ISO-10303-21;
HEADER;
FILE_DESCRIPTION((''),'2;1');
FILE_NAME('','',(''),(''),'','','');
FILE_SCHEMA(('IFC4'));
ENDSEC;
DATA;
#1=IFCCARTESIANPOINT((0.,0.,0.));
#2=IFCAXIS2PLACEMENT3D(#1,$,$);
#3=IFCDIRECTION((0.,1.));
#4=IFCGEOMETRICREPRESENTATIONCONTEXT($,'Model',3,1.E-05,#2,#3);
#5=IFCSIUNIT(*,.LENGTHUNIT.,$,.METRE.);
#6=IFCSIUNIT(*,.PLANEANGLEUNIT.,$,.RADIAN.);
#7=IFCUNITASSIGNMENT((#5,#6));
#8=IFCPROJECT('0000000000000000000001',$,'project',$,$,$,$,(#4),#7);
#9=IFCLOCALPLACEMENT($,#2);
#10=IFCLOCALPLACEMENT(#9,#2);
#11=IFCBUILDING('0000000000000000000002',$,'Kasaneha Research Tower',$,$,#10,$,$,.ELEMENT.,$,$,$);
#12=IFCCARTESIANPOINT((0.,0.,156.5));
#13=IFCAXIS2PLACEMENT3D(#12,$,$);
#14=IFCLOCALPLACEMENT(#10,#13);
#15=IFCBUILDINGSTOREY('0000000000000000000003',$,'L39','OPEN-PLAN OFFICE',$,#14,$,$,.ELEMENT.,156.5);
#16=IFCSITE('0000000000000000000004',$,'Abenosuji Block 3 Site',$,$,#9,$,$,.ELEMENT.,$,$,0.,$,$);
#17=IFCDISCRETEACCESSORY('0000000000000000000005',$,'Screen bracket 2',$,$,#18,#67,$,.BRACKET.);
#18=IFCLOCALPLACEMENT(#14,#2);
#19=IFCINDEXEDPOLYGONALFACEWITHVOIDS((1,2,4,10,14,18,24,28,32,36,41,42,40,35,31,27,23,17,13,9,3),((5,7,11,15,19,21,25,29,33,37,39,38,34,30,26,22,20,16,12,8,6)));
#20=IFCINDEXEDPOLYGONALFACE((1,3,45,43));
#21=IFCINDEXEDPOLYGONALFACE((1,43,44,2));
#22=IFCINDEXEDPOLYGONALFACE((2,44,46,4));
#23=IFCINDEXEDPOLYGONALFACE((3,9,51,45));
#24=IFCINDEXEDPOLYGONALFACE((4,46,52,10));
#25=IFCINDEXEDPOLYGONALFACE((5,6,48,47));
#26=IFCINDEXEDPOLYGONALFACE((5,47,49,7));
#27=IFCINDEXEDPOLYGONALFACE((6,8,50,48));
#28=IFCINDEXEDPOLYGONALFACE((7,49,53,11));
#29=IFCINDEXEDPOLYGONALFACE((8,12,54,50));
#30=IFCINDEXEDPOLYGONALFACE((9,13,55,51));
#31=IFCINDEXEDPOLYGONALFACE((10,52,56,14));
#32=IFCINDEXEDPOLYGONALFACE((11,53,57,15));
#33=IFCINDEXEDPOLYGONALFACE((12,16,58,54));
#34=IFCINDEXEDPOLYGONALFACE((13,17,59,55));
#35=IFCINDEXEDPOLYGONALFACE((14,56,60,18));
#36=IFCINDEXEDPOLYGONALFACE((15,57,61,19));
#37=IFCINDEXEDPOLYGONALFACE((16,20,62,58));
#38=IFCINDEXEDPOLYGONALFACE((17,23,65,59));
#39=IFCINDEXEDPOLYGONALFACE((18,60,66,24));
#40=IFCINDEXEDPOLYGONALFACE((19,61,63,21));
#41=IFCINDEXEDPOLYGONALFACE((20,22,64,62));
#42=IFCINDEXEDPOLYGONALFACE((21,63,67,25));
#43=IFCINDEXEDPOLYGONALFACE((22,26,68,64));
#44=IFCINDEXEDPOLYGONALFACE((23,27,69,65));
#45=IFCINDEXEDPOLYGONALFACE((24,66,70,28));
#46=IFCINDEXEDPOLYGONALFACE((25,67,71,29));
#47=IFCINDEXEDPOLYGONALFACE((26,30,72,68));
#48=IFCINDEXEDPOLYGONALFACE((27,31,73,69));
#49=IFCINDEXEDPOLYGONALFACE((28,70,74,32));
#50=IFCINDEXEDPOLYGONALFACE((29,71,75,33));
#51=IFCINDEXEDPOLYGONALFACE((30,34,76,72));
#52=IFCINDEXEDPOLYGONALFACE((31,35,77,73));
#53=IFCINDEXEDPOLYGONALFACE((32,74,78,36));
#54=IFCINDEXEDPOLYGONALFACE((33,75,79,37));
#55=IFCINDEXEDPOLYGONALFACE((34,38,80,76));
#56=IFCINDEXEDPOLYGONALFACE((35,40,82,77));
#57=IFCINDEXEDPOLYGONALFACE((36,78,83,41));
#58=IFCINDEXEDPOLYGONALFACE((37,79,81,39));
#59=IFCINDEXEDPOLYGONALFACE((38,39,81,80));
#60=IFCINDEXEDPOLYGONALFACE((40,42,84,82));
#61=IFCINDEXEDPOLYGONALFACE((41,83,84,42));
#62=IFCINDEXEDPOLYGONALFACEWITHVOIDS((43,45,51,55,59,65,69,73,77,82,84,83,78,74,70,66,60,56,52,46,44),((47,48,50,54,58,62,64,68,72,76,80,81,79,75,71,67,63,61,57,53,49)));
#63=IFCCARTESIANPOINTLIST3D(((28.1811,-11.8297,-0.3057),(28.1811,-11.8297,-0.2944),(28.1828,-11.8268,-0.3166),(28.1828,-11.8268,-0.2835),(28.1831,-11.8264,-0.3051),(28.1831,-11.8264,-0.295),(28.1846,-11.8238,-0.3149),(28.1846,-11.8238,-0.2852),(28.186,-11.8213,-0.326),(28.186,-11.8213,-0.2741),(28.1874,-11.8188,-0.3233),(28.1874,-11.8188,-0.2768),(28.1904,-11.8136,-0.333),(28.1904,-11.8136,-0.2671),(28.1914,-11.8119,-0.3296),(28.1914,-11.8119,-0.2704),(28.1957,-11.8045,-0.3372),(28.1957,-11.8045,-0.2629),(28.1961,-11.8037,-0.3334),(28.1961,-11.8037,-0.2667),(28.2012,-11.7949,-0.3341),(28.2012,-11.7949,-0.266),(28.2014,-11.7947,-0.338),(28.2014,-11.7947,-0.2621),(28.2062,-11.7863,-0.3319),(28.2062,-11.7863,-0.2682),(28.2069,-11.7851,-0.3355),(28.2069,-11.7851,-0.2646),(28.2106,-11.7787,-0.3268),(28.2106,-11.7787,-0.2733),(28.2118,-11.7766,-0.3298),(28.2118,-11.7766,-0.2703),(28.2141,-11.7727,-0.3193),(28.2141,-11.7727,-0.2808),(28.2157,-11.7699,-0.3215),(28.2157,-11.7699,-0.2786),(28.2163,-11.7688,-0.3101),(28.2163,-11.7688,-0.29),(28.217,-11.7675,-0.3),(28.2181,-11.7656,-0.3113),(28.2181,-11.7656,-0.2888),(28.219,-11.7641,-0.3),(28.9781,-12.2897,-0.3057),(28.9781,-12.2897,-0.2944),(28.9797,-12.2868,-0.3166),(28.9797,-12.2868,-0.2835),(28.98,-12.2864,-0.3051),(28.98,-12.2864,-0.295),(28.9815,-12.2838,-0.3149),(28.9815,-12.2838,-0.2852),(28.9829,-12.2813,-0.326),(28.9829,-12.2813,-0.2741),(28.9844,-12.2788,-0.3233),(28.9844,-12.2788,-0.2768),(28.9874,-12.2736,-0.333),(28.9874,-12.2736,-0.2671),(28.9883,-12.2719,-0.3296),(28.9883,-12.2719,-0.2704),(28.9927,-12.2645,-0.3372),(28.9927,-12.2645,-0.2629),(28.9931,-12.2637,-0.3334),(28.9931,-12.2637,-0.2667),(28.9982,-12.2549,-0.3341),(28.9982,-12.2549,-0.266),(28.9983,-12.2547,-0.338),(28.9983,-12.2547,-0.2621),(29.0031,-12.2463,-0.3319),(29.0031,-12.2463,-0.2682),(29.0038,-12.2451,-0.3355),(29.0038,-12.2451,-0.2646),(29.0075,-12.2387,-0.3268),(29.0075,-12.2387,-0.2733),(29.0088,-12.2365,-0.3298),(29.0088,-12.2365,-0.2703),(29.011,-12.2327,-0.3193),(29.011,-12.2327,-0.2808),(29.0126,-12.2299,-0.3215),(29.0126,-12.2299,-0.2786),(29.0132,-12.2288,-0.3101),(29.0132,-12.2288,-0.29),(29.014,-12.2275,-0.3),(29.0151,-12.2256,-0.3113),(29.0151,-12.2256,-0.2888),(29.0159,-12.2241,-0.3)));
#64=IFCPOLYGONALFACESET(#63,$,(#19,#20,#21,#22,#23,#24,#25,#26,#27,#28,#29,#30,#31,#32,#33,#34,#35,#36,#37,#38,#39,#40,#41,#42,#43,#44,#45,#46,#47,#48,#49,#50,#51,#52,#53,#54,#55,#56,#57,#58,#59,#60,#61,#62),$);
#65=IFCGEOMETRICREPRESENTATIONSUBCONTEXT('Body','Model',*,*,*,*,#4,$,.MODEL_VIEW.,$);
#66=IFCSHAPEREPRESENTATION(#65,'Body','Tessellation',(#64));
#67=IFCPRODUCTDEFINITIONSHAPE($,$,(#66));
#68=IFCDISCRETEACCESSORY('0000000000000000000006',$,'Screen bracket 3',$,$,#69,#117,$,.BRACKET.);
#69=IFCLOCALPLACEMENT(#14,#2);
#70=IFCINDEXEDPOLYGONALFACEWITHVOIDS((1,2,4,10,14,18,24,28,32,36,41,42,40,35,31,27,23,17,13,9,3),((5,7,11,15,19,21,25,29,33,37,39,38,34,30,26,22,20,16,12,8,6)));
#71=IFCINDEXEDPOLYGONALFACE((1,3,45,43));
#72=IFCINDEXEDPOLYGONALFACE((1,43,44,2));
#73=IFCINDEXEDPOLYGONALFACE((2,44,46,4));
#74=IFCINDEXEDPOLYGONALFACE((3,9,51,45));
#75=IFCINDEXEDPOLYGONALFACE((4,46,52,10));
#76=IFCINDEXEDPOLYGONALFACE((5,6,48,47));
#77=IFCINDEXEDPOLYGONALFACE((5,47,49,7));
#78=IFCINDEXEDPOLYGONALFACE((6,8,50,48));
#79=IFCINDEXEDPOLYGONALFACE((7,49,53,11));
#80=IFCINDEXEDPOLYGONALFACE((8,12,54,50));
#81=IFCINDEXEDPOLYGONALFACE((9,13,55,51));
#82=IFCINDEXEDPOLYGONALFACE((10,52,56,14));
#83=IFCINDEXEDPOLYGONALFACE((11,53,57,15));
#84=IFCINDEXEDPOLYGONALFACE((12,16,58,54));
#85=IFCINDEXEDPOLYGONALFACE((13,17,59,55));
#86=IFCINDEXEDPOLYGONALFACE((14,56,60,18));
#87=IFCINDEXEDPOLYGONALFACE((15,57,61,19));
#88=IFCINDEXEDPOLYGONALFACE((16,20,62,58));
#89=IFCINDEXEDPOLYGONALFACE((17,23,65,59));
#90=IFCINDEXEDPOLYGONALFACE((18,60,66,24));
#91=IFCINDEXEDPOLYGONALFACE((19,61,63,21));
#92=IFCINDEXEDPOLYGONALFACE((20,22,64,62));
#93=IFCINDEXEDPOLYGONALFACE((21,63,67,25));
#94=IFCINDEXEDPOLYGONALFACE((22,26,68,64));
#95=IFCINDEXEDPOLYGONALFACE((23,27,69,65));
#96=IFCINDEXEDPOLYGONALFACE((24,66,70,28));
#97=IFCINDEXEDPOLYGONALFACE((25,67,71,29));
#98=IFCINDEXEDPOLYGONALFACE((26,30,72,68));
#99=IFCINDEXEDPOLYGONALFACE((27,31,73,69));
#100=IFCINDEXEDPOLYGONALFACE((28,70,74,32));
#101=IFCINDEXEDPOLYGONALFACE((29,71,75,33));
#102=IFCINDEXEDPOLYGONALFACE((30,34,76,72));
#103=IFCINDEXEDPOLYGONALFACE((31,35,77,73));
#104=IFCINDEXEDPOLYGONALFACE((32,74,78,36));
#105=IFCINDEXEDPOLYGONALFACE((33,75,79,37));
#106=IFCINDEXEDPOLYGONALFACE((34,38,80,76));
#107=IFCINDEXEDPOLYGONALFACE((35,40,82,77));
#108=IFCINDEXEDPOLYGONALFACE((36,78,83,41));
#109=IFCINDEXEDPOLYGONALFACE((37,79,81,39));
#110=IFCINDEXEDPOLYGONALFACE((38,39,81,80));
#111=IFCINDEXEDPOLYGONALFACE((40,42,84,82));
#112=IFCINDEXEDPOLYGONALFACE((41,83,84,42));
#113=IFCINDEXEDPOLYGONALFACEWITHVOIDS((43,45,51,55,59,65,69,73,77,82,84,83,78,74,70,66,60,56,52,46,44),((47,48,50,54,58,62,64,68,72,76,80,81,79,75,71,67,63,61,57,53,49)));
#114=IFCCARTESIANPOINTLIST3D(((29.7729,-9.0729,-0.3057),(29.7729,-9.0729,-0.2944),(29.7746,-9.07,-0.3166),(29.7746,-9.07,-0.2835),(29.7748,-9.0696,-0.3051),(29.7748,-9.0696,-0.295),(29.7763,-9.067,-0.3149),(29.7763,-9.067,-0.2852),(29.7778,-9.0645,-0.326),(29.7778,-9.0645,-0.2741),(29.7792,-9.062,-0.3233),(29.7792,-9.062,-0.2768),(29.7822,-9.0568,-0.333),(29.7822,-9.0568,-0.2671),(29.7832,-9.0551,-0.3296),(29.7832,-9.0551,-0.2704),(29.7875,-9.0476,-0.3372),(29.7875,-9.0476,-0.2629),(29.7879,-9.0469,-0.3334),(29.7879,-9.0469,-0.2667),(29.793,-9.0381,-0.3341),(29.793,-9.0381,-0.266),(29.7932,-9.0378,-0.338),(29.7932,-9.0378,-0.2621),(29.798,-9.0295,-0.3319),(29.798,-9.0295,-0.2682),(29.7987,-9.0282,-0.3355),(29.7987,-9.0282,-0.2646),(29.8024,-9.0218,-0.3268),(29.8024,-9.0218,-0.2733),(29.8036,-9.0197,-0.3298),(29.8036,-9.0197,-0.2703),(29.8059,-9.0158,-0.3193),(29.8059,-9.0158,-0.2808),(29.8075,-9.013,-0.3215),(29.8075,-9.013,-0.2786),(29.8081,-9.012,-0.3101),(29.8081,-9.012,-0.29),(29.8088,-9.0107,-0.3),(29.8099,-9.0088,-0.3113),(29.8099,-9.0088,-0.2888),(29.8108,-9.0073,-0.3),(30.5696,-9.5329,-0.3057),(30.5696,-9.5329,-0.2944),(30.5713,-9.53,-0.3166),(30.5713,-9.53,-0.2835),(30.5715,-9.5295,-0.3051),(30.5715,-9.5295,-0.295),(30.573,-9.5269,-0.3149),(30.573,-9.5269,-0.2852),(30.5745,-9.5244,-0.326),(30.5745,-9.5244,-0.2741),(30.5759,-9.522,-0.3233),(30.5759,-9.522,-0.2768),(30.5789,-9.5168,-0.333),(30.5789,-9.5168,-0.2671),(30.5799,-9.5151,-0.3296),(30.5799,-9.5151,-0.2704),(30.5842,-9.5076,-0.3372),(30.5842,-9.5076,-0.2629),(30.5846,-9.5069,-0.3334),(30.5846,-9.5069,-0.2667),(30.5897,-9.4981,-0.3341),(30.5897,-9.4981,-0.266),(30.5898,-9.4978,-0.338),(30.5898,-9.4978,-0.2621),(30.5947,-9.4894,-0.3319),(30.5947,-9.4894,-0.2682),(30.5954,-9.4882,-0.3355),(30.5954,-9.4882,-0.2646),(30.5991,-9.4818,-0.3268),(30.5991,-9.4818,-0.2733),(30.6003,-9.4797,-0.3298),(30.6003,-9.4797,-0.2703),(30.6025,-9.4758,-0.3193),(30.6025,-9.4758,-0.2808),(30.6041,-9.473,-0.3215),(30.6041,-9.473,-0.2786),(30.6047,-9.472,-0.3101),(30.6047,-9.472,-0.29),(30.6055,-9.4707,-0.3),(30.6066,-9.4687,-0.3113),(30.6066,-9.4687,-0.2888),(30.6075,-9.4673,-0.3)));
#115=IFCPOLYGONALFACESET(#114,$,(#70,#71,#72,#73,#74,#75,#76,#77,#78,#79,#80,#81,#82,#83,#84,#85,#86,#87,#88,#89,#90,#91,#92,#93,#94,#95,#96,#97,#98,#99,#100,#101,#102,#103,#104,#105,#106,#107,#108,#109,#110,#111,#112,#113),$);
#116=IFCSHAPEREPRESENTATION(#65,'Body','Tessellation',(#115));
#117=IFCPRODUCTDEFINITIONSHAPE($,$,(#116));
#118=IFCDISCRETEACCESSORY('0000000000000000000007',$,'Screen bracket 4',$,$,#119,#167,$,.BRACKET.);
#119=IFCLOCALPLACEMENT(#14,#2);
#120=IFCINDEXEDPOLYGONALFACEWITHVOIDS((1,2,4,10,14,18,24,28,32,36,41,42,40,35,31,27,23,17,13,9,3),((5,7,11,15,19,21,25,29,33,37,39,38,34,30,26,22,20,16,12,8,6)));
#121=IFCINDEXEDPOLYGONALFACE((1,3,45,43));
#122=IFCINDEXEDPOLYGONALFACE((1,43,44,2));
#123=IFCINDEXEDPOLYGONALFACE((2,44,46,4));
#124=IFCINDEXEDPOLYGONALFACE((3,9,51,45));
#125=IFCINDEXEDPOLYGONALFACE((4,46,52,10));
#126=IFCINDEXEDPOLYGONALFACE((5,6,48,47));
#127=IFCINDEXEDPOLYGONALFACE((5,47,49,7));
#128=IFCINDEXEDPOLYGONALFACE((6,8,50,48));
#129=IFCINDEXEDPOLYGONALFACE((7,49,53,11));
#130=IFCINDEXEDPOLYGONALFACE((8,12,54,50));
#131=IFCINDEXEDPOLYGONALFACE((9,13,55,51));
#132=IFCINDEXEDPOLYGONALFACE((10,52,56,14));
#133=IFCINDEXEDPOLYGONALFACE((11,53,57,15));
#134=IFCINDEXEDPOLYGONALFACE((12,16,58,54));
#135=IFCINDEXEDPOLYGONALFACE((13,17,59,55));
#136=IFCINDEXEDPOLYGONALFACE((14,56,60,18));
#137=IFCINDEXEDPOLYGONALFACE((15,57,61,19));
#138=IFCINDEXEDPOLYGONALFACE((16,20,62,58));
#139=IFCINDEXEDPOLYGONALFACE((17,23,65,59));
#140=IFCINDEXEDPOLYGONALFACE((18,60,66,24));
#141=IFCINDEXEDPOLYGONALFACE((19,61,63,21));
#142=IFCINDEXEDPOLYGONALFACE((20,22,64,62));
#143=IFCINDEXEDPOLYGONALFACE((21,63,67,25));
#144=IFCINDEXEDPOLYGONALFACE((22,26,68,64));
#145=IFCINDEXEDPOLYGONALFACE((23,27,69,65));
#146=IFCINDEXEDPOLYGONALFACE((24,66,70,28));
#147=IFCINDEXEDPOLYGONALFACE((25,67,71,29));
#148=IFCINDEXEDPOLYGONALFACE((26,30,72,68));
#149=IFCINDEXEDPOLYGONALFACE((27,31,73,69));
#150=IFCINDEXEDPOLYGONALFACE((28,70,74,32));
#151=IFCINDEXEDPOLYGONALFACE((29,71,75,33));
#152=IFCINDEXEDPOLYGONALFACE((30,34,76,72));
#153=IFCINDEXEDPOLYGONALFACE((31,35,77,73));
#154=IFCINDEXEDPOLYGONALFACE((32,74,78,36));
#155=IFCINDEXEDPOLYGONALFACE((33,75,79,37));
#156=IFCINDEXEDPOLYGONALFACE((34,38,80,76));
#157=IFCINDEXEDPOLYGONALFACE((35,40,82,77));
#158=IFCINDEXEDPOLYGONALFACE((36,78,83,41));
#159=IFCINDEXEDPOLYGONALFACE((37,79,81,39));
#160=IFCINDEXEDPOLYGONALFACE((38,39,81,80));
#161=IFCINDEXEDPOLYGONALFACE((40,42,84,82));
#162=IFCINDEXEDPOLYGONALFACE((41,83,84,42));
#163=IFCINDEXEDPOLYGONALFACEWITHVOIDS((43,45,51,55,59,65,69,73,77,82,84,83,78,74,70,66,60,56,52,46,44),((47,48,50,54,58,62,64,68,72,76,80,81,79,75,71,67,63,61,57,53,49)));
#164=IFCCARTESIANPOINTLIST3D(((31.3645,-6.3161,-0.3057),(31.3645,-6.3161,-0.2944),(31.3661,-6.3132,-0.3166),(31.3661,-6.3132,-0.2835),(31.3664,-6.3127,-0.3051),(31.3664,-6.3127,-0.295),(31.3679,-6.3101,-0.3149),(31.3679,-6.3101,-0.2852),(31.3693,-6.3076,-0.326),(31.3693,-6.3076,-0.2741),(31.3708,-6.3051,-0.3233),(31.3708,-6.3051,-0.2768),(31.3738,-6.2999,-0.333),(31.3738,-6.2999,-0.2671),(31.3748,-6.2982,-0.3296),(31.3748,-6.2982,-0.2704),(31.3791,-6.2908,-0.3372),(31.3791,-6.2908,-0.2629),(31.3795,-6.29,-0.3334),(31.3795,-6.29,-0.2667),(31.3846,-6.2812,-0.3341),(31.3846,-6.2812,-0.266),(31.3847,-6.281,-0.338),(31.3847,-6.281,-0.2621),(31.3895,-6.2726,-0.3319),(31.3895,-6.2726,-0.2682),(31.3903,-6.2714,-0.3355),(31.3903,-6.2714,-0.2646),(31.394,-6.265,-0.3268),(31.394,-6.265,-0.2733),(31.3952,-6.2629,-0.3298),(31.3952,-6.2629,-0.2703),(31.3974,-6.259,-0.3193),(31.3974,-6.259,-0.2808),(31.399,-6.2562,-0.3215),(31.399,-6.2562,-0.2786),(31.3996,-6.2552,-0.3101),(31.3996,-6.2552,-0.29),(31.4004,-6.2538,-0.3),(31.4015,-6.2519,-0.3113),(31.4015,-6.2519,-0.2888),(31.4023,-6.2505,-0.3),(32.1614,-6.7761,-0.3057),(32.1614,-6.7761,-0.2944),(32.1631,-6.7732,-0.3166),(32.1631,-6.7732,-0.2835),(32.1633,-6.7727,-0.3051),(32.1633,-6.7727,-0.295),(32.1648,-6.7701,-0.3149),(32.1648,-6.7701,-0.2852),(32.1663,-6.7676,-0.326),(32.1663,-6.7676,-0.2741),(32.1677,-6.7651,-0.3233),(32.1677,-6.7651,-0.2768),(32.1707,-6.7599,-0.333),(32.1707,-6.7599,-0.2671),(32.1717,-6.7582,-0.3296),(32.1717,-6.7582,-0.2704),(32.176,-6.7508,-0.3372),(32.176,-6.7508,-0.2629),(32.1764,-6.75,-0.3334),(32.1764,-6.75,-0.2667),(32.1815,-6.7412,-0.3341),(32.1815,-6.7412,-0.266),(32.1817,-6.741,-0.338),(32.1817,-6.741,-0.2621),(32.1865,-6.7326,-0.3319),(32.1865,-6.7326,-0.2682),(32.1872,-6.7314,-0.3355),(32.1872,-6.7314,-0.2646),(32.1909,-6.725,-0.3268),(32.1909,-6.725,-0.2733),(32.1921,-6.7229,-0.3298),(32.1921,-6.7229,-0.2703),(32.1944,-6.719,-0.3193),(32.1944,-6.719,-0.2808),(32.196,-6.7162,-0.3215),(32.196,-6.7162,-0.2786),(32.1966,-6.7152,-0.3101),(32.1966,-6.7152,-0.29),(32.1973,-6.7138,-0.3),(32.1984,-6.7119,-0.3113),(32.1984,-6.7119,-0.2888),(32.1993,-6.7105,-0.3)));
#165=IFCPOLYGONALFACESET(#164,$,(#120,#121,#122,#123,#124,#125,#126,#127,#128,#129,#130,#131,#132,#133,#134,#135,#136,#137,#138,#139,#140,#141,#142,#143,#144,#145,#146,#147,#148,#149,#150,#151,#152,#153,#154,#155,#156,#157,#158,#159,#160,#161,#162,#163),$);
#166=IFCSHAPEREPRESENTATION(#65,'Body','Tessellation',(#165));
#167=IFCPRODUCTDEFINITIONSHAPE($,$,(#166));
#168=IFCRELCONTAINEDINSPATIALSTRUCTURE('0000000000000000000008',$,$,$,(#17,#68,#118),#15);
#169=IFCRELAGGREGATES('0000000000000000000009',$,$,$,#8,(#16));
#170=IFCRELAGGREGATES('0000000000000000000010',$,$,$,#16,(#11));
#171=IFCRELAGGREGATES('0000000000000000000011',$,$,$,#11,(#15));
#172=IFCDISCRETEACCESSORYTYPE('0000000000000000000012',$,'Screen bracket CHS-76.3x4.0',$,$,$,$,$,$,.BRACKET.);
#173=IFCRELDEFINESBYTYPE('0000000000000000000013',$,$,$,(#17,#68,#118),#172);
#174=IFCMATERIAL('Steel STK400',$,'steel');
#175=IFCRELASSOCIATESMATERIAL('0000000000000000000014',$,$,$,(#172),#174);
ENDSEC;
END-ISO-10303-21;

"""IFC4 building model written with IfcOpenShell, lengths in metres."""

from ifc_helpers import new_model, si_unit, direction, frame, origin, origin_2d, place, context, subcontext, project, spatial, hollow_circle, extrude, material, material_profile, profile_set, type_object, element, save


model = new_model("IFC4")

# Units and contexts
model_context = context("Model", 3, precision=1e-05, world=origin(), true_north=direction((0.0, 1.0)))
body_context = subcontext(model_context, "Body", "Model", "MODEL_VIEW")
ifc_project = project(units=[si_unit("LENGTHUNIT", "METRE"), si_unit("PLANEANGLEUNIT", "RADIAN")], contexts=[model_context])

# Site, building, storey
site_placement = place(None, origin())
site = spatial("IfcSite", under=ifc_project, at=site_placement, Name="Abenosuji Block 3 Site", CompositionType="ELEMENT", RefElevation=0.0)
building_placement = place(site_placement, origin())
building = spatial("IfcBuilding", under=site, at=building_placement, Name="Kasaneha Research Tower", CompositionType="ELEMENT")
storey_placement = place(building_placement, frame((0.0, 0.0, 156.5)))
storey = spatial("IfcBuildingStorey", under=building, at=storey_placement, Name="L39", Description="OPEN-PLAN OFFICE", CompositionType="ELEMENT", Elevation=156.5)

# Discrete accessories
ifc_material_1 = material(Name="Steel STK400", Category="steel")
ifc_material_profile_1 = material_profile(ifc_material_1, hollow_circle(Radius=0.0381, WallThickness=0.0039, at=origin_2d()), Name="CHS-76.3x4.0")
ifc_profile_set_1 = profile_set([ifc_material_profile_1], Name="Steel STK400")
discrete_accessory_type = type_object("IfcDiscreteAccessoryType", Name="Screen bracket CHS-76.3x4.0", PredefinedType="BRACKET", material=ifc_profile_set_1)
discrete_accessory_1_placement = place(storey_placement, frame((28.2, -11.7971, -0.3), z_axis=(0.86608, -0.499906, 0.0), x_axis=(0.499906, 0.86608, 0.0)))
element("IfcDiscreteAccessory", 1, at=discrete_accessory_1_placement, inside=storey, type_object=discrete_accessory_type, Name="Screen bracket 2", PredefinedType="BRACKET", context=body_context, shape_type="SweptSolid", body=[
    extrude(hollow_circle(Radius=0.0381, WallThickness=0.0039, at=origin_2d()), origin(), (0.0, 0.0, 1.0), 0.9202),
])
discrete_accessory_2_placement = place(storey_placement, frame((29.7917, -9.0403, -0.3), z_axis=(0.866013, -0.500021, 0.0), x_axis=(0.500021, 0.866013, 0.0)))
element("IfcDiscreteAccessory", 2, at=discrete_accessory_2_placement, inside=storey, type_object=discrete_accessory_type, Name="Screen bracket 3", PredefinedType="BRACKET", context=body_context, shape_type="SweptSolid", body=[
    extrude(hollow_circle(Radius=0.0381, WallThickness=0.0039, at=origin_2d()), origin(), (0.0, 0.0, 1.0), 0.9199),
])
discrete_accessory_3_placement = place(storey_placement, frame((31.3833, -6.2834, -0.3), z_axis=(0.86608, -0.499906, 0.0), x_axis=(0.499906, 0.86608, 0.0)))
element("IfcDiscreteAccessory", 3, at=discrete_accessory_3_placement, inside=storey, type_object=discrete_accessory_type, Name="Screen bracket 4", PredefinedType="BRACKET", context=body_context, shape_type="SweptSolid", body=[
    extrude(hollow_circle(Radius=0.0381, WallThickness=0.0039, at=origin_2d()), origin(), (0.0, 0.0, 1.0), 0.9202),
])

save(model, "model.ifc")
